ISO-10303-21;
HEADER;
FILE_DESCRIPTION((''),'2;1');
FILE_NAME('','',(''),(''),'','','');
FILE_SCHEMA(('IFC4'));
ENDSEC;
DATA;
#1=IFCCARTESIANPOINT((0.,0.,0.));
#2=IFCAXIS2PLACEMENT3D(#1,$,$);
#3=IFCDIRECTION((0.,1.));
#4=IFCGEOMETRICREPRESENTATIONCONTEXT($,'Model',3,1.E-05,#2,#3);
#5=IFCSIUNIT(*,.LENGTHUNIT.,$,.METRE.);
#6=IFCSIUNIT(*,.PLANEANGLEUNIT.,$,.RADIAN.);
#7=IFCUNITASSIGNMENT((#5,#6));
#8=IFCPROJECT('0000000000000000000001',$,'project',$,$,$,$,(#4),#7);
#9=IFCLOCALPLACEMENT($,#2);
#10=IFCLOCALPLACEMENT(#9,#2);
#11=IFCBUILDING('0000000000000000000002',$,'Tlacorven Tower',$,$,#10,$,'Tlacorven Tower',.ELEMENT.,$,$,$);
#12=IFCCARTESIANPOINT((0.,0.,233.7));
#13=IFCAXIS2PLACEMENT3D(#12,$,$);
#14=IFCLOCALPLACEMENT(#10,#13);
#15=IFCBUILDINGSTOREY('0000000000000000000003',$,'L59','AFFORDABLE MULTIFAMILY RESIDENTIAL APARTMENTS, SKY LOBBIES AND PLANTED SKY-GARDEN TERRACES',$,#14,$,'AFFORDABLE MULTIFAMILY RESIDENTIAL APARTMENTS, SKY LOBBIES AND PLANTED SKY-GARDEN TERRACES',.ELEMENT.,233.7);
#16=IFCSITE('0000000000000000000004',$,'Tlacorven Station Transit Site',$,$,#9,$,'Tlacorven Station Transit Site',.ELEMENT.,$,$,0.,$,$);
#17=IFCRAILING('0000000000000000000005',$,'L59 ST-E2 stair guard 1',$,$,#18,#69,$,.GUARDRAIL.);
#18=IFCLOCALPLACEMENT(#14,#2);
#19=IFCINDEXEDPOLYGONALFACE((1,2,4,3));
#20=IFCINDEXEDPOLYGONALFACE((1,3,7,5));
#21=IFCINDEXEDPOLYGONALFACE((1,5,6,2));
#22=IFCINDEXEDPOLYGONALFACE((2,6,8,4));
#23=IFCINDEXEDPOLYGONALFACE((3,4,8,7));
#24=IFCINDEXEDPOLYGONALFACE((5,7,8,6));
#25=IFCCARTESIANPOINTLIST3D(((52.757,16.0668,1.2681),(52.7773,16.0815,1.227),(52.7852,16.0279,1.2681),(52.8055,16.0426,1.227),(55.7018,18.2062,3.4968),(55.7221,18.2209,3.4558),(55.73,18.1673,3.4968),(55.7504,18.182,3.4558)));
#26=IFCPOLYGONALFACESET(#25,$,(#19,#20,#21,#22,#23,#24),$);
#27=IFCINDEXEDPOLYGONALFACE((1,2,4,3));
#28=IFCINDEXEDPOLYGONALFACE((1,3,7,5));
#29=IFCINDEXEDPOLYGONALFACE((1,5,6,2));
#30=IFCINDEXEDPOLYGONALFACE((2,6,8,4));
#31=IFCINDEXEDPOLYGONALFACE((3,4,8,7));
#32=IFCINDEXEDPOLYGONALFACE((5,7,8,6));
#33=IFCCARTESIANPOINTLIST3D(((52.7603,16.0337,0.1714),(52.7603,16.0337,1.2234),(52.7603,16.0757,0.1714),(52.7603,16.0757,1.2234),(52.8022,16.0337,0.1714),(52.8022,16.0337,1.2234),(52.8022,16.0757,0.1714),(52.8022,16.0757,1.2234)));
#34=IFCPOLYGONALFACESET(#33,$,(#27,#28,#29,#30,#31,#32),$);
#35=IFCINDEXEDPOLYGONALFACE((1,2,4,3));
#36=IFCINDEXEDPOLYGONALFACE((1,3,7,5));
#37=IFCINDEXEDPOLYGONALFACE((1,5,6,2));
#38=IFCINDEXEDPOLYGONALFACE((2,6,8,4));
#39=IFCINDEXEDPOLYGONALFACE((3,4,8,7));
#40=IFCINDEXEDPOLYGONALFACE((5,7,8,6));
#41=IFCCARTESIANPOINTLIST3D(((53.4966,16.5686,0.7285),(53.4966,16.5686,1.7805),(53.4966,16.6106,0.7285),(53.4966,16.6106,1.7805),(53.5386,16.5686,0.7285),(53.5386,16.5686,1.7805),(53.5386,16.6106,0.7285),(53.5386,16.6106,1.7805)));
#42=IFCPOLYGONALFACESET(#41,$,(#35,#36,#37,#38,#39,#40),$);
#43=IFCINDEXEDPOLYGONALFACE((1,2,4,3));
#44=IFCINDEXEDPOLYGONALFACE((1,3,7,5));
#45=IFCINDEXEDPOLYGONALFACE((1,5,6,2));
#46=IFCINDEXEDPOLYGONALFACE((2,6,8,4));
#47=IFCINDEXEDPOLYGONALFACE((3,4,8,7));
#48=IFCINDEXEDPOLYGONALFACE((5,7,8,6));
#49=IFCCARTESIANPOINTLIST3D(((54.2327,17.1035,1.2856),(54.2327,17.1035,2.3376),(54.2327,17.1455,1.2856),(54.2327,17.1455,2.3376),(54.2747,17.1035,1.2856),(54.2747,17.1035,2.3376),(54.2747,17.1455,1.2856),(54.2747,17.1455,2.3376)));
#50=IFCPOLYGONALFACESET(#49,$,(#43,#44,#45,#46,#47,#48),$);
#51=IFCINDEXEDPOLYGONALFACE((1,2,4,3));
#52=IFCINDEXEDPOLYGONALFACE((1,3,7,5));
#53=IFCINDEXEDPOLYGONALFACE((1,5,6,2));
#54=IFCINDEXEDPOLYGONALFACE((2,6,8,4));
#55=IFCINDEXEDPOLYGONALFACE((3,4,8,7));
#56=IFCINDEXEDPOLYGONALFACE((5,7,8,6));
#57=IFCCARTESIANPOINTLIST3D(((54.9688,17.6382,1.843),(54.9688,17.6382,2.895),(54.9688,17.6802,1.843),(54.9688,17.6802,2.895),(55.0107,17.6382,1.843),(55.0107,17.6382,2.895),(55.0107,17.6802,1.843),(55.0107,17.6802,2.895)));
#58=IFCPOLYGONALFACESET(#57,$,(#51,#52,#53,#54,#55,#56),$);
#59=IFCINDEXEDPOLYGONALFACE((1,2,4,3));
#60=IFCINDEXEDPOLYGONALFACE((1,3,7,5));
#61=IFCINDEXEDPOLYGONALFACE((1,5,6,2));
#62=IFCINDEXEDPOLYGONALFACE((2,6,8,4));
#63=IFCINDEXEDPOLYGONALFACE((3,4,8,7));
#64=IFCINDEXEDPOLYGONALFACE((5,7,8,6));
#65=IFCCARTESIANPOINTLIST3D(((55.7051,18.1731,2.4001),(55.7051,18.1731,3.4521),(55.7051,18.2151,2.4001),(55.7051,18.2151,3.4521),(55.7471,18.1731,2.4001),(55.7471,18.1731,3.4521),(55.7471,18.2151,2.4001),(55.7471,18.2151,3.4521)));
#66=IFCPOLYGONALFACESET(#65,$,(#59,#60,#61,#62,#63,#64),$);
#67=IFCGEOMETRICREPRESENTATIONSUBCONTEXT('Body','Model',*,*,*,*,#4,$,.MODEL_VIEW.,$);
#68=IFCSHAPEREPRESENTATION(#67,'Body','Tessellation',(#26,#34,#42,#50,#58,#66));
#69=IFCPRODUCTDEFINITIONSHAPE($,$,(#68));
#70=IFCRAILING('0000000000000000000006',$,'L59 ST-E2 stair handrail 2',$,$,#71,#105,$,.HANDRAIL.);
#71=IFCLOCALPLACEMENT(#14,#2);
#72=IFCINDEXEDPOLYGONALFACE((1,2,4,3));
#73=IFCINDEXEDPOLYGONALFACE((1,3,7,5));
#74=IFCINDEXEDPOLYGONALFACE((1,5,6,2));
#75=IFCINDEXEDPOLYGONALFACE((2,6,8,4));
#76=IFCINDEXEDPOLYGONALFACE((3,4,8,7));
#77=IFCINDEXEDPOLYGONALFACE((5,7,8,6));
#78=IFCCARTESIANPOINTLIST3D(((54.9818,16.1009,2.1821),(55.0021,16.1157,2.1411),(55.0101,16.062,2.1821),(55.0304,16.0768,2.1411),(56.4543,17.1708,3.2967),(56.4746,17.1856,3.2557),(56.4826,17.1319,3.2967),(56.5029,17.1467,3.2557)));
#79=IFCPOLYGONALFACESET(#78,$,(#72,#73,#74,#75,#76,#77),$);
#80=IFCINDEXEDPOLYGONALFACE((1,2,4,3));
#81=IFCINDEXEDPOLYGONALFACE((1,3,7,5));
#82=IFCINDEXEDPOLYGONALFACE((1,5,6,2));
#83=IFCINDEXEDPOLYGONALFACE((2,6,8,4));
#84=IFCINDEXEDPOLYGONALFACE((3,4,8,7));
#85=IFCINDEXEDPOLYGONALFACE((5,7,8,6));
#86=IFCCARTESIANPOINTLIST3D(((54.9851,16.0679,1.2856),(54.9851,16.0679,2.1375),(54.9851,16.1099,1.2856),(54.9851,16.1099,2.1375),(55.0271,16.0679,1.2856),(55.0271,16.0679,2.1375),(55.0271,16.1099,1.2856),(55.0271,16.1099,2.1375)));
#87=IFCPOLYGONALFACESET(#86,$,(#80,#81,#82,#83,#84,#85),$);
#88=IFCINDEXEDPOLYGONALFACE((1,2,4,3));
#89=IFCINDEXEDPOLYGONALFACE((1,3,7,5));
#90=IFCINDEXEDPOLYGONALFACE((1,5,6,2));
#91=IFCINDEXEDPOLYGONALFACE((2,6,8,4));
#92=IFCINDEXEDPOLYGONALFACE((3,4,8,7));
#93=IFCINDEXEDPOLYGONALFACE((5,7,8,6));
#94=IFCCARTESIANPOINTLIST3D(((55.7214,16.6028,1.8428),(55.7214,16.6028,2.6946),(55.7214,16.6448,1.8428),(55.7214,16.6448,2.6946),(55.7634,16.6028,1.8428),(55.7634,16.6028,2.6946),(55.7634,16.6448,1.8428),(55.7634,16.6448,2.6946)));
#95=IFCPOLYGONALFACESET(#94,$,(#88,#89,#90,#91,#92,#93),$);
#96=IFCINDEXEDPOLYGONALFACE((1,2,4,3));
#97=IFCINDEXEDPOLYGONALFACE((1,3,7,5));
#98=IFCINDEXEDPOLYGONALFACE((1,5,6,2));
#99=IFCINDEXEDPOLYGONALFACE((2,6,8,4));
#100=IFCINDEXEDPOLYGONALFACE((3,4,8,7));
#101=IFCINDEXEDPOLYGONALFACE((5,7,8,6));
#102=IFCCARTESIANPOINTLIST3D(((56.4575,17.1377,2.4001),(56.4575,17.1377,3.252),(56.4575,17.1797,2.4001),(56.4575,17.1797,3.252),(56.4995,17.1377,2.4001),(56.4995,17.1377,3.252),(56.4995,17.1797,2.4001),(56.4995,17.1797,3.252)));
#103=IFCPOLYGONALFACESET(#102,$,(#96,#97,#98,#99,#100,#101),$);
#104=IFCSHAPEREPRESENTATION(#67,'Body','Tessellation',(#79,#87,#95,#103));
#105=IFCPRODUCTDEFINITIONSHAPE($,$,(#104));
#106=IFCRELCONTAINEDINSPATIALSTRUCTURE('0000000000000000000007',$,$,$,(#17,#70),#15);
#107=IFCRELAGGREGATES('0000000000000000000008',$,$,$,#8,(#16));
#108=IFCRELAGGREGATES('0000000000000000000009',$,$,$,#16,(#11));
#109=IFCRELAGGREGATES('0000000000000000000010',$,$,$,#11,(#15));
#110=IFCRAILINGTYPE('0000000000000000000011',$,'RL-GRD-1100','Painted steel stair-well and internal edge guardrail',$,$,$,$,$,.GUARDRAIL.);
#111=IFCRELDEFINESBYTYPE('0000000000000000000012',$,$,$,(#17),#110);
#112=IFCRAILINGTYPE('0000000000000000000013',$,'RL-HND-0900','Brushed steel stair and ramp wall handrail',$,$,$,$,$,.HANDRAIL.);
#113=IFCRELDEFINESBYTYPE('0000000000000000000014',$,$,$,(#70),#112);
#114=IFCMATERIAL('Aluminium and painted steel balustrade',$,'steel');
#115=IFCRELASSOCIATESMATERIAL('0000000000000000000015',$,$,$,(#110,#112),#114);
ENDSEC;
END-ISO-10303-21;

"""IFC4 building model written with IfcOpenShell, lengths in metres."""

from ifc_helpers import new_model, si_unit, direction, frame, origin, origin_2d, place, context, subcontext, project, spatial, rectangle, extrude, source, transform, mapped, material, type_object, element, save


model = new_model("IFC4")

# Units and contexts
model_context = context("Model", 3, precision=1e-05, world=origin(), true_north=direction((0.0, 1.0)))
body_context = subcontext(model_context, "Body", "Model", "MODEL_VIEW")
ifc_project = project(units=[si_unit("LENGTHUNIT", "METRE"), si_unit("PLANEANGLEUNIT", "RADIAN")], contexts=[model_context])

# Site, building, storey
site_placement = place(None, origin())
site = spatial("IfcSite", under=ifc_project, at=site_placement, Name="Tlacorven Station Transit Site", LongName="Tlacorven Station Transit Site", CompositionType="ELEMENT", RefElevation=0.0)
building_placement = place(site_placement, origin())
building = spatial("IfcBuilding", under=site, at=building_placement, Name="Tlacorven Tower", LongName="Tlacorven Tower", CompositionType="ELEMENT")
storey_placement = place(building_placement, frame((0.0, 0.0, 233.7)))
storey = spatial("IfcBuildingStorey", under=building, at=storey_placement, Name="L59", Description="AFFORDABLE MULTIFAMILY RESIDENTIAL APARTMENTS, SKY LOBBIES AND PLANTED SKY-GARDEN TERRACES", LongName="AFFORDABLE MULTIFAMILY RESIDENTIAL APARTMENTS, SKY LOBBIES AND PLANTED SKY-GARDEN TERRACES", CompositionType="ELEMENT", Elevation=233.7)

# Railings
ifc_material_1 = material(Name="Aluminium and painted steel balustrade", Category="steel")
railing_type_1 = type_object("IfcRailingType", Name="RL-GRD-1100", Description="Painted steel stair-well and internal edge guardrail", PredefinedType="GUARDRAIL", material=ifc_material_1)
railing_type_2 = type_object("IfcRailingType", Name="RL-HND-0900", Description="Brushed steel stair and ramp wall handrail", PredefinedType="HANDRAIL", material=ifc_material_1)
shared_shape_1 = source(origin(), body_context, "Body", "SweptSolid", [
    extrude(rectangle(XDim=0.0481, YDim=0.0481, at=origin_2d()), frame((0.0, 0.0, 1.0762), z_axis=(0.689966, 0.501258, 0.522194), x_axis=(-0.587761, 0.809035, 0.0)), (0.0, 0.0, 1.0), 4.2681),
    extrude(rectangle(XDim=0.042, YDim=0.042, at=origin_2d()), origin(), (0.0, 0.0, 1.0), 1.052),
    extrude(rectangle(XDim=0.042, YDim=0.042, at=origin_2d()), frame((0.7363, 0.5349, 0.5571)), (0.0, 0.0, 1.0), 1.052),
    extrude(rectangle(XDim=0.042, YDim=0.042, at=origin_2d()), frame((1.4724, 1.0698, 1.1143)), (0.0, 0.0, 1.0), 1.052),
    extrude(rectangle(XDim=0.042, YDim=0.042, at=origin_2d()), frame((2.2085, 1.6045, 1.6716)), (0.0, 0.0, 1.0), 1.052),
    extrude(rectangle(XDim=0.042, YDim=0.042, at=origin_2d()), frame((2.9448, 2.1394, 2.2288)), (0.0, 0.0, 1.0), 1.052),
])
railing_1_placement = place(storey_placement, frame((52.7812, 16.0547, 0.1714)))
element("IfcRailing", 1, at=railing_1_placement, inside=storey, type_object=railing_type_1, Name="L59 ST-E2 stair guard 1", PredefinedType="GUARDRAIL", context=body_context, shape_type="MappedRepresentation", body=[
    mapped(shared_shape_1, transform((0.0, 0.0, 0.0), scale=1.0)),
])
shared_shape_2 = source(origin(), body_context, "Body", "SweptSolid", [
    extrude(rectangle(XDim=0.0481, YDim=0.0481, at=origin_2d()), frame((0.0, 0.0, 0.876), z_axis=(0.689926, 0.501286, 0.522221), x_axis=(-0.587805, 0.809003, 0.0)), (0.0, 0.0, 1.0), 2.1343),
    extrude(rectangle(XDim=0.042, YDim=0.042, at=origin_2d()), origin(), (0.0, 0.0, 1.0), 0.8518),
    extrude(rectangle(XDim=0.042, YDim=0.042, at=origin_2d()), frame((0.7363, 0.5349, 0.5571)), (0.0, 0.0, 1.0), 0.8518),
    extrude(rectangle(XDim=0.042, YDim=0.042, at=origin_2d()), frame((1.4724, 1.0698, 1.1145)), (0.0, 0.0, 1.0), 0.8518),
])
railing_2_placement = place(storey_placement, frame((55.0061, 16.0889, 1.2856)))
element("IfcRailing", 2, at=railing_2_placement, inside=storey, type_object=railing_type_2, Name="L59 ST-E2 stair handrail 2", PredefinedType="HANDRAIL", context=body_context, shape_type="MappedRepresentation", body=[
    mapped(shared_shape_2, transform((0.0, 0.0, 0.0), scale=1.0)),
])

save(model, "model.ifc")
